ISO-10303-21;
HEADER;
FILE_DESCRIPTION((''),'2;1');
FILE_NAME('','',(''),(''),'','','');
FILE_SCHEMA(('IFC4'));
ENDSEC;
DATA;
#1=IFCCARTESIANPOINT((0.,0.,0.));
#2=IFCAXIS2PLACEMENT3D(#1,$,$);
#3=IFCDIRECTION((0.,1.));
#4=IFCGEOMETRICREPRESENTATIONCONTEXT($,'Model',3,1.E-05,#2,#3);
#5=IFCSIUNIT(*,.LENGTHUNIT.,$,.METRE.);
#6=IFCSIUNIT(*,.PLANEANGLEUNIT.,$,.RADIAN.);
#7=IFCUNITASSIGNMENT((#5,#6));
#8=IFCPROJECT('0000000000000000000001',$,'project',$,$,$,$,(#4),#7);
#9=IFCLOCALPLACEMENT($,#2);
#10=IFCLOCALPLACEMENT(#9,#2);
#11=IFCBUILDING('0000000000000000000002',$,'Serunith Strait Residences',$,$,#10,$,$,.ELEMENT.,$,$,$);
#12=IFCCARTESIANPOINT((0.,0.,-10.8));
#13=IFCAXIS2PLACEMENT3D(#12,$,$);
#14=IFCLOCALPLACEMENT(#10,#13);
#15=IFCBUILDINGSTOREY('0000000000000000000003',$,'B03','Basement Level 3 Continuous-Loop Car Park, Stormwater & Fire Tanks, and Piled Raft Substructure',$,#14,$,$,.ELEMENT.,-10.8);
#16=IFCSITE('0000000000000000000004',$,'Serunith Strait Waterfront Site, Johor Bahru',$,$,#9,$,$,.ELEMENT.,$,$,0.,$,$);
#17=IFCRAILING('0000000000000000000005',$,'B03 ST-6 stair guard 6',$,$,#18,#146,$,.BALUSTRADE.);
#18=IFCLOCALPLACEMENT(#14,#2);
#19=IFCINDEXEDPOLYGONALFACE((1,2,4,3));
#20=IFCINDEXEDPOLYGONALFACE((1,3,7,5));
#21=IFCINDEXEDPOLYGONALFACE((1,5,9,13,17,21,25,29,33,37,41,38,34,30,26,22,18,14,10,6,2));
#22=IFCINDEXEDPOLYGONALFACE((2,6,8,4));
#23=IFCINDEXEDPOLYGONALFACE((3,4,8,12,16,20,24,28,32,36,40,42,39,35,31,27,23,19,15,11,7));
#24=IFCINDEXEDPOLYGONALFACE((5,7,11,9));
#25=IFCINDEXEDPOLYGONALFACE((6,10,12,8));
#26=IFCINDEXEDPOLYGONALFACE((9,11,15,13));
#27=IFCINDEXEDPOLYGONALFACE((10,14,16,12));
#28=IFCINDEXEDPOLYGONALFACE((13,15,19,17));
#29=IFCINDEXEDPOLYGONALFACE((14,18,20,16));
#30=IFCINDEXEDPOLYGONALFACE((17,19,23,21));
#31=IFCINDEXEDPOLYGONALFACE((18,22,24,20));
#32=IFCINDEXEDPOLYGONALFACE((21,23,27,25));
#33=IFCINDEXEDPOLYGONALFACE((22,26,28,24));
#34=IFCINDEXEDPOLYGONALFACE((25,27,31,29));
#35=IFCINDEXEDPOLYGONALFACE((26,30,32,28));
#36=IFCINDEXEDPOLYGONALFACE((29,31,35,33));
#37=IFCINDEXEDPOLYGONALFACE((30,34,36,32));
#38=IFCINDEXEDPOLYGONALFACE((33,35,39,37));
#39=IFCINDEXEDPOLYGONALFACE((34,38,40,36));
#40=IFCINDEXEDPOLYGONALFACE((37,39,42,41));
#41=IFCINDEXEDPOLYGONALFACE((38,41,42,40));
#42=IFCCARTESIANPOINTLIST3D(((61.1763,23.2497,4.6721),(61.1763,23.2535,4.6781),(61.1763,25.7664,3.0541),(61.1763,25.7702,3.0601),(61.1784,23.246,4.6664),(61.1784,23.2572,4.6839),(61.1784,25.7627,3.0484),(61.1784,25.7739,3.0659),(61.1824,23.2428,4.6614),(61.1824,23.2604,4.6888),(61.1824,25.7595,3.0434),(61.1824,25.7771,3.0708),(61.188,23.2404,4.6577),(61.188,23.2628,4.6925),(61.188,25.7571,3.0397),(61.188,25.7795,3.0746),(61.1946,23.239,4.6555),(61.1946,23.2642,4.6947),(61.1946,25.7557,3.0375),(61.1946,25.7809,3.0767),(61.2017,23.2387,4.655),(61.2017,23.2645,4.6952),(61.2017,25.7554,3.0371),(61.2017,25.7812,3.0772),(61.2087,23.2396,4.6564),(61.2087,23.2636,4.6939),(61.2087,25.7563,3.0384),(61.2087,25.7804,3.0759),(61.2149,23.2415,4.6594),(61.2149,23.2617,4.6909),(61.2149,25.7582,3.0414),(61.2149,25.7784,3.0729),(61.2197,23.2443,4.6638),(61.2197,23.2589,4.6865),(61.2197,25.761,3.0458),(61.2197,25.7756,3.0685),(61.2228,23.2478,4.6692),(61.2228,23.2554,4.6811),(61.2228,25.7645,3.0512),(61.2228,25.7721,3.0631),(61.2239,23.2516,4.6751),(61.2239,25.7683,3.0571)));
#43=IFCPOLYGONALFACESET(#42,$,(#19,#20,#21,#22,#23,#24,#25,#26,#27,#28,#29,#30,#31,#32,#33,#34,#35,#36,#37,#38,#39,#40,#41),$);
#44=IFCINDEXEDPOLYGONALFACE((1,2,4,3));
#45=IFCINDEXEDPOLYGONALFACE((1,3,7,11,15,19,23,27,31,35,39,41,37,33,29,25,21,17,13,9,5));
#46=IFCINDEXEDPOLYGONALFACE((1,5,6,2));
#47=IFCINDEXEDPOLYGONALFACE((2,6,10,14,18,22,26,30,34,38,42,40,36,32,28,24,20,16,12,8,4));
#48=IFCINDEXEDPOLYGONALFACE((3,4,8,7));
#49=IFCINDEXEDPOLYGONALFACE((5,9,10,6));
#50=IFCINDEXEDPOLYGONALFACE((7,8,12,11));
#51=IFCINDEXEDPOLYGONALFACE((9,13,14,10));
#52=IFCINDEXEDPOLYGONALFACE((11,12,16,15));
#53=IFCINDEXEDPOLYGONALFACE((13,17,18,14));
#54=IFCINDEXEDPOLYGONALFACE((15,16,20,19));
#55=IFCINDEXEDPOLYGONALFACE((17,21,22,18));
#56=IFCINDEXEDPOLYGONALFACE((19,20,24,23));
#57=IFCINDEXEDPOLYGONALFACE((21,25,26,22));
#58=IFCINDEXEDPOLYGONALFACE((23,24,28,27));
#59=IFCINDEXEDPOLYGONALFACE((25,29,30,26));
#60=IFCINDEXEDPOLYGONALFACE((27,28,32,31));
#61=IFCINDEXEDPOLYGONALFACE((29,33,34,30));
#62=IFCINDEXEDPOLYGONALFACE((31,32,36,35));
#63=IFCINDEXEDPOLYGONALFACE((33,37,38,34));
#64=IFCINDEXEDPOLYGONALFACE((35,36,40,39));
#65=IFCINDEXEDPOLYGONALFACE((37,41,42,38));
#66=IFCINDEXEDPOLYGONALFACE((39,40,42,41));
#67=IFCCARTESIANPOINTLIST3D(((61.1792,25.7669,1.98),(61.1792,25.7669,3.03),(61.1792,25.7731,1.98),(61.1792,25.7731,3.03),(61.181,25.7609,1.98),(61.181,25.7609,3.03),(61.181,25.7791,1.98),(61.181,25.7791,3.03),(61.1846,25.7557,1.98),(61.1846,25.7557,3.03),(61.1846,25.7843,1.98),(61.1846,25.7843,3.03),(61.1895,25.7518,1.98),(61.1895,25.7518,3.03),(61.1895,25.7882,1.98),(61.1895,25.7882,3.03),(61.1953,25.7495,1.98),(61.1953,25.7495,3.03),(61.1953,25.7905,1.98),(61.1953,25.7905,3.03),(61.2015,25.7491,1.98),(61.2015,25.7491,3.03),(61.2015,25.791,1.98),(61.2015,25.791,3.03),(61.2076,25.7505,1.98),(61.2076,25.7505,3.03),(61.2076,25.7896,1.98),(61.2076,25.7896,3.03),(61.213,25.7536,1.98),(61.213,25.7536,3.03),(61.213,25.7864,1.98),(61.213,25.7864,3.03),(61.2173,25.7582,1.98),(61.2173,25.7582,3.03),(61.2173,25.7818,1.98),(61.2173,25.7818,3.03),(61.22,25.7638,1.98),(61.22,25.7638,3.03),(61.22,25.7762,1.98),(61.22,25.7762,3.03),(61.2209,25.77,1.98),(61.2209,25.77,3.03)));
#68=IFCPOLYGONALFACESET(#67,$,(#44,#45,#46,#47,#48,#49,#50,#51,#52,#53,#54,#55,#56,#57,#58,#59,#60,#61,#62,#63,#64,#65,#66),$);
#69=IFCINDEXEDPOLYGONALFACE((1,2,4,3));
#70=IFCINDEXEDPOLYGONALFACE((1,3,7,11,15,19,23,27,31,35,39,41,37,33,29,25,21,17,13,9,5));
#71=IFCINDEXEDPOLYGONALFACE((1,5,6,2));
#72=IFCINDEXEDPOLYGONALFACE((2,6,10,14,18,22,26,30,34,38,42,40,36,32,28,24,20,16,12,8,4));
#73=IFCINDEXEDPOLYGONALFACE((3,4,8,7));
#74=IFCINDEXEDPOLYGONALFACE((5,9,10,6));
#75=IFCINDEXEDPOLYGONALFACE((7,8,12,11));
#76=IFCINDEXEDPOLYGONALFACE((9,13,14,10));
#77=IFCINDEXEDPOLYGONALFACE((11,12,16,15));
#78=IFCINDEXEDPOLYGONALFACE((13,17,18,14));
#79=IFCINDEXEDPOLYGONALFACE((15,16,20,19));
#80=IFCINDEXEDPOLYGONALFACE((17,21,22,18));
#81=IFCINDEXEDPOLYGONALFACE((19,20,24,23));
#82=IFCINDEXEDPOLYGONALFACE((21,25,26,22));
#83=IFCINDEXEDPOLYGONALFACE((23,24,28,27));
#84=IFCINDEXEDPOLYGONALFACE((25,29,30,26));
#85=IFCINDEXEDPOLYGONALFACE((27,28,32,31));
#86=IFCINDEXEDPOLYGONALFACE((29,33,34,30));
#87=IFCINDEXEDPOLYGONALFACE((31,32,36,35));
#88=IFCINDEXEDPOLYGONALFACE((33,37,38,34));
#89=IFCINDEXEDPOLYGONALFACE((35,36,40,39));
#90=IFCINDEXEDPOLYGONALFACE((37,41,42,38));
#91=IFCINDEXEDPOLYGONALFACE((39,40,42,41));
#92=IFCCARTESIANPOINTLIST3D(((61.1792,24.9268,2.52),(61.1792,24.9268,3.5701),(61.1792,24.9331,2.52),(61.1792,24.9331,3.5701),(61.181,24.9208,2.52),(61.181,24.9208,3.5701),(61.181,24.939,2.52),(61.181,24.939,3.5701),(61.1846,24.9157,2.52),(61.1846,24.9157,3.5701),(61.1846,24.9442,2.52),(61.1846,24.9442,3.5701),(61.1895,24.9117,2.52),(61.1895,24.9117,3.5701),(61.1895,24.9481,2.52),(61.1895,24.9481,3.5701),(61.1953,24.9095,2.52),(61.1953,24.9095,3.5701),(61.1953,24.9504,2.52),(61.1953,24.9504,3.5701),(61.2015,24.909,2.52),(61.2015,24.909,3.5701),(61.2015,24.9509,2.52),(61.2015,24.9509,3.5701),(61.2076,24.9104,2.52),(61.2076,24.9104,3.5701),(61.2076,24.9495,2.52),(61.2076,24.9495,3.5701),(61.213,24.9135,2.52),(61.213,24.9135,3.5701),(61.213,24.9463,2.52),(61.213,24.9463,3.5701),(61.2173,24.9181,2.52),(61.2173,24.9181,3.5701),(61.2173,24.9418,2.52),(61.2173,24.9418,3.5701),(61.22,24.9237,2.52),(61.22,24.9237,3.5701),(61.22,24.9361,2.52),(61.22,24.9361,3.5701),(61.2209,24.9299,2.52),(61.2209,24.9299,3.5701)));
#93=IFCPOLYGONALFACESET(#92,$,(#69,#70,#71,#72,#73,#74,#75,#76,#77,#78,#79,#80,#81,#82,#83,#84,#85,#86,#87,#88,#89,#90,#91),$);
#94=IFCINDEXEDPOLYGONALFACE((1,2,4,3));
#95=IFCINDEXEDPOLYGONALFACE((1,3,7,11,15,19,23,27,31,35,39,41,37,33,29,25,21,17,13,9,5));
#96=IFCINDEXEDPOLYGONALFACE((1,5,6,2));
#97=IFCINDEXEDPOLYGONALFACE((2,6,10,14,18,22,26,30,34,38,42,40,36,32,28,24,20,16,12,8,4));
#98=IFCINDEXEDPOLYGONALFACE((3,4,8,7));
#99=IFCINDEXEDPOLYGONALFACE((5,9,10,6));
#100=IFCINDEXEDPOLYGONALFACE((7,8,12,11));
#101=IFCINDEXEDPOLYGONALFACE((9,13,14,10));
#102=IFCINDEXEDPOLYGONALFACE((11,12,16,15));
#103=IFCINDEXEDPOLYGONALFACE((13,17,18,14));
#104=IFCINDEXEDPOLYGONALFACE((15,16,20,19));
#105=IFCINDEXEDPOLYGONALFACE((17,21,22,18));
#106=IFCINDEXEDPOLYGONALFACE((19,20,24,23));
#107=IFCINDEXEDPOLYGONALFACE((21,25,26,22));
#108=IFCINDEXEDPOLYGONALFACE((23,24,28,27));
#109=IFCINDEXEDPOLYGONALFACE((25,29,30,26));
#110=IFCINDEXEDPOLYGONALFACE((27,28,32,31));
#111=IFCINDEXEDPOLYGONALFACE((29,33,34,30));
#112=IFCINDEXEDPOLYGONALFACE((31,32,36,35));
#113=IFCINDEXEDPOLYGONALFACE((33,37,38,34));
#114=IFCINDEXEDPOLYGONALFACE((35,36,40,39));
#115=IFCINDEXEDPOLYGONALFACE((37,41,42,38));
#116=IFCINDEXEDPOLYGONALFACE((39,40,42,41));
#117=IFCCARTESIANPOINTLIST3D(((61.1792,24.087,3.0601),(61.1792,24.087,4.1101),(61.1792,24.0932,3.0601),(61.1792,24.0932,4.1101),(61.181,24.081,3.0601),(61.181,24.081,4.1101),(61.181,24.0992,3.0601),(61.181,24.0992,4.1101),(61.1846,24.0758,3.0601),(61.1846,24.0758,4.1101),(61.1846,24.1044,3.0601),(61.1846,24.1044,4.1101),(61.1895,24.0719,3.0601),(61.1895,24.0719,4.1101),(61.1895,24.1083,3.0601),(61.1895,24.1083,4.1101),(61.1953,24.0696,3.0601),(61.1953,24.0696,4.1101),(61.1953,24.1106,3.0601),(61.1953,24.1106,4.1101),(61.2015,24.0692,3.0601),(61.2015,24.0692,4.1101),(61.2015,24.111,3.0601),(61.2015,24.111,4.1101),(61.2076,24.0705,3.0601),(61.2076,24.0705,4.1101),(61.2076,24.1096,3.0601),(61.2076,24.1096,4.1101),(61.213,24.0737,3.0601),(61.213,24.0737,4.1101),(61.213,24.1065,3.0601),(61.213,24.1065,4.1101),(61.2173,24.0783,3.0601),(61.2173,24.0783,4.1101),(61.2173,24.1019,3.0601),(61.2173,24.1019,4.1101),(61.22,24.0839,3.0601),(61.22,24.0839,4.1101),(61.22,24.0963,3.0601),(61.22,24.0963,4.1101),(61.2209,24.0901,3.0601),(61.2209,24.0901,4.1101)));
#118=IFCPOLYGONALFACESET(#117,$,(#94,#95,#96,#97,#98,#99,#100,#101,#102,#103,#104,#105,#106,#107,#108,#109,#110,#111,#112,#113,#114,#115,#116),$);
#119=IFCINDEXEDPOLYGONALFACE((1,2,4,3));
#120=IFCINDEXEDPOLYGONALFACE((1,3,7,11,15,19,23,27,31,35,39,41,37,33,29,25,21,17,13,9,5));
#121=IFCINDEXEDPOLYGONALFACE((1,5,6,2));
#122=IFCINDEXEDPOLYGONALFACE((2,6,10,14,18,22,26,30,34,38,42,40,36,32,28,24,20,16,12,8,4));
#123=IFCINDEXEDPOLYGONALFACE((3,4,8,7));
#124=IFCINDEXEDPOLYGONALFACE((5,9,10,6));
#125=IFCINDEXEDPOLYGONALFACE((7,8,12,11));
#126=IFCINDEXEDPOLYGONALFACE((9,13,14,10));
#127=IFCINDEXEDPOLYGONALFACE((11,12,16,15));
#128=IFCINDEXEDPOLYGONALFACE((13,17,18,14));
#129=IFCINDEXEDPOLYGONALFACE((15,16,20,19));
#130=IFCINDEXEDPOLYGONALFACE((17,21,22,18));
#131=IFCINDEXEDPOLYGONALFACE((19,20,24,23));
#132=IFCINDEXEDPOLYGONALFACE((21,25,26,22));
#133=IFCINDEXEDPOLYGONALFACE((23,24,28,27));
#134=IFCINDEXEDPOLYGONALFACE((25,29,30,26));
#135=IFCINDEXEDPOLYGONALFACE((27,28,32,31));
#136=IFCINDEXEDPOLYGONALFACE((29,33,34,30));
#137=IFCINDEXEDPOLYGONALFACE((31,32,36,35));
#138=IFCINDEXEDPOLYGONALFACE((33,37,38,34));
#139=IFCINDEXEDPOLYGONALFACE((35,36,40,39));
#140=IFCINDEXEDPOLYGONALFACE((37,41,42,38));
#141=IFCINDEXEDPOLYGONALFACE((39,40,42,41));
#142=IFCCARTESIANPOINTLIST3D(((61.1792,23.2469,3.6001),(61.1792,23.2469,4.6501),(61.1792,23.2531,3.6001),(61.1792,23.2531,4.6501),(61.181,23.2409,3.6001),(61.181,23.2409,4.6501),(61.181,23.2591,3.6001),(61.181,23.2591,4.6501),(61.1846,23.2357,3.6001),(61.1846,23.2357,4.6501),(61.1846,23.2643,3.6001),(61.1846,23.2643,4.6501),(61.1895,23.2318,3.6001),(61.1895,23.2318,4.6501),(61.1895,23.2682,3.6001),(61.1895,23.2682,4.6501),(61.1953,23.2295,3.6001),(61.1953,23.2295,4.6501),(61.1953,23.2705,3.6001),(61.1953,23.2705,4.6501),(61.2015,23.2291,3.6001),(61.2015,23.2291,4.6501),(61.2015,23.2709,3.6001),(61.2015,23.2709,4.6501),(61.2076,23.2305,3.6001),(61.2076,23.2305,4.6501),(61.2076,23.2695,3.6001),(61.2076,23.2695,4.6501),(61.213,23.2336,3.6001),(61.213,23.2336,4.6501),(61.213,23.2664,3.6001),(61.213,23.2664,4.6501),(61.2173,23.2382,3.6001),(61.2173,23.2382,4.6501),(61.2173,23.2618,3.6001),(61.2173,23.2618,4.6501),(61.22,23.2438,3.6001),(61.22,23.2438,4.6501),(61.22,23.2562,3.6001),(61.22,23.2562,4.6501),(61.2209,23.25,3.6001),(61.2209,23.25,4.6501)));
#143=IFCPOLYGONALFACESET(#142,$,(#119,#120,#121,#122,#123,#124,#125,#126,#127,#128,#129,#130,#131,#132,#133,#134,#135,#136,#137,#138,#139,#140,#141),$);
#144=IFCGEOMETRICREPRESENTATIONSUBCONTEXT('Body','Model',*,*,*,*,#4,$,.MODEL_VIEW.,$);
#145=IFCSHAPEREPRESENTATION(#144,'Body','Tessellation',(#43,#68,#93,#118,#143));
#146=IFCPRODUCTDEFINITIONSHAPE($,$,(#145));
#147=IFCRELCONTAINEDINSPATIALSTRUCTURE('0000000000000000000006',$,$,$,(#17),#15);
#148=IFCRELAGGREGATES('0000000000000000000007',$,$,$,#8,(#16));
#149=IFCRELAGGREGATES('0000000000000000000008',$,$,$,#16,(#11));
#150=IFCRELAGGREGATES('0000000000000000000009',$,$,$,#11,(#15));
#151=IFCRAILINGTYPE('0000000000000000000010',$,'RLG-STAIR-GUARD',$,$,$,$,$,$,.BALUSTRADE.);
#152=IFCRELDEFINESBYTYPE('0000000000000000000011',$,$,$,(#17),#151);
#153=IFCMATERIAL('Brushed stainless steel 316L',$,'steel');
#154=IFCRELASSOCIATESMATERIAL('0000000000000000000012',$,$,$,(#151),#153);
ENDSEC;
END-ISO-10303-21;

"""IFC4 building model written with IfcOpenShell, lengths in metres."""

from ifc_helpers import new_model, si_unit, direction, frame, origin, origin_2d, place, context, subcontext, project, spatial, circle, extrude, material, type_object, element, save


model = new_model("IFC4")

# Units and contexts
model_context = context("Model", 3, precision=1e-05, world=origin(), true_north=direction((0.0, 1.0)))
body_context = subcontext(model_context, "Body", "Model", "MODEL_VIEW")
ifc_project = project(units=[si_unit("LENGTHUNIT", "METRE"), si_unit("PLANEANGLEUNIT", "RADIAN")], contexts=[model_context])

# Site, building, storey
site_placement = place(None, origin())
site = spatial("IfcSite", under=ifc_project, at=site_placement, Name="Serunith Strait Waterfront Site, Johor Bahru", CompositionType="ELEMENT", RefElevation=0.0)
building_placement = place(site_placement, origin())
building = spatial("IfcBuilding", under=site, at=building_placement, Name="Serunith Strait Residences", CompositionType="ELEMENT")
storey_placement = place(building_placement, frame((0.0, 0.0, -10.8)))
storey = spatial("IfcBuildingStorey", under=building, at=storey_placement, Name="B03", Description="Basement Level 3 Continuous-Loop Car Park, Stormwater & Fire Tanks, and Piled Raft Substructure", CompositionType="ELEMENT", Elevation=-10.8)

# Railing
ifc_material_1 = material(Name="Brushed stainless steel 316L", Category="steel")
railing_type_1 = type_object("IfcRailingType", Name="RLG-STAIR-GUARD", PredefinedType="BALUSTRADE", material=ifc_material_1)
railing_1_placement = place(storey_placement, frame((61.2, 25.77, 1.98)))
element("IfcRailing", 1, at=railing_1_placement, inside=storey, type_object=railing_type_1, Name="B03 ST-6 stair guard 6", PredefinedType="BALUSTRADE", context=body_context, shape_type="SweptSolid", body=[
    extrude(circle(Radius=0.0239, at=origin_2d()), frame((0.0, -0.0017, 1.0771), z_axis=(0.0, -0.841163, 0.540782), x_axis=(1.0, 0.0, 0.0)), (0.0, 0.0, 1.0), 2.9919),
    extrude(circle(Radius=0.021, at=origin_2d()), origin(), (0.0, 0.0, 1.0), 1.05),
    extrude(circle(Radius=0.021, at=origin_2d()), frame((0.0, -0.8401, 0.54)), (0.0, 0.0, 1.0), 1.05),
    extrude(circle(Radius=0.021, at=origin_2d()), frame((0.0, -1.6799, 1.0801)), (0.0, 0.0, 1.0), 1.05),
    extrude(circle(Radius=0.021, at=origin_2d()), frame((0.0, -2.52, 1.6201)), (0.0, 0.0, 1.0), 1.05),
])

save(model, "model.ifc")
